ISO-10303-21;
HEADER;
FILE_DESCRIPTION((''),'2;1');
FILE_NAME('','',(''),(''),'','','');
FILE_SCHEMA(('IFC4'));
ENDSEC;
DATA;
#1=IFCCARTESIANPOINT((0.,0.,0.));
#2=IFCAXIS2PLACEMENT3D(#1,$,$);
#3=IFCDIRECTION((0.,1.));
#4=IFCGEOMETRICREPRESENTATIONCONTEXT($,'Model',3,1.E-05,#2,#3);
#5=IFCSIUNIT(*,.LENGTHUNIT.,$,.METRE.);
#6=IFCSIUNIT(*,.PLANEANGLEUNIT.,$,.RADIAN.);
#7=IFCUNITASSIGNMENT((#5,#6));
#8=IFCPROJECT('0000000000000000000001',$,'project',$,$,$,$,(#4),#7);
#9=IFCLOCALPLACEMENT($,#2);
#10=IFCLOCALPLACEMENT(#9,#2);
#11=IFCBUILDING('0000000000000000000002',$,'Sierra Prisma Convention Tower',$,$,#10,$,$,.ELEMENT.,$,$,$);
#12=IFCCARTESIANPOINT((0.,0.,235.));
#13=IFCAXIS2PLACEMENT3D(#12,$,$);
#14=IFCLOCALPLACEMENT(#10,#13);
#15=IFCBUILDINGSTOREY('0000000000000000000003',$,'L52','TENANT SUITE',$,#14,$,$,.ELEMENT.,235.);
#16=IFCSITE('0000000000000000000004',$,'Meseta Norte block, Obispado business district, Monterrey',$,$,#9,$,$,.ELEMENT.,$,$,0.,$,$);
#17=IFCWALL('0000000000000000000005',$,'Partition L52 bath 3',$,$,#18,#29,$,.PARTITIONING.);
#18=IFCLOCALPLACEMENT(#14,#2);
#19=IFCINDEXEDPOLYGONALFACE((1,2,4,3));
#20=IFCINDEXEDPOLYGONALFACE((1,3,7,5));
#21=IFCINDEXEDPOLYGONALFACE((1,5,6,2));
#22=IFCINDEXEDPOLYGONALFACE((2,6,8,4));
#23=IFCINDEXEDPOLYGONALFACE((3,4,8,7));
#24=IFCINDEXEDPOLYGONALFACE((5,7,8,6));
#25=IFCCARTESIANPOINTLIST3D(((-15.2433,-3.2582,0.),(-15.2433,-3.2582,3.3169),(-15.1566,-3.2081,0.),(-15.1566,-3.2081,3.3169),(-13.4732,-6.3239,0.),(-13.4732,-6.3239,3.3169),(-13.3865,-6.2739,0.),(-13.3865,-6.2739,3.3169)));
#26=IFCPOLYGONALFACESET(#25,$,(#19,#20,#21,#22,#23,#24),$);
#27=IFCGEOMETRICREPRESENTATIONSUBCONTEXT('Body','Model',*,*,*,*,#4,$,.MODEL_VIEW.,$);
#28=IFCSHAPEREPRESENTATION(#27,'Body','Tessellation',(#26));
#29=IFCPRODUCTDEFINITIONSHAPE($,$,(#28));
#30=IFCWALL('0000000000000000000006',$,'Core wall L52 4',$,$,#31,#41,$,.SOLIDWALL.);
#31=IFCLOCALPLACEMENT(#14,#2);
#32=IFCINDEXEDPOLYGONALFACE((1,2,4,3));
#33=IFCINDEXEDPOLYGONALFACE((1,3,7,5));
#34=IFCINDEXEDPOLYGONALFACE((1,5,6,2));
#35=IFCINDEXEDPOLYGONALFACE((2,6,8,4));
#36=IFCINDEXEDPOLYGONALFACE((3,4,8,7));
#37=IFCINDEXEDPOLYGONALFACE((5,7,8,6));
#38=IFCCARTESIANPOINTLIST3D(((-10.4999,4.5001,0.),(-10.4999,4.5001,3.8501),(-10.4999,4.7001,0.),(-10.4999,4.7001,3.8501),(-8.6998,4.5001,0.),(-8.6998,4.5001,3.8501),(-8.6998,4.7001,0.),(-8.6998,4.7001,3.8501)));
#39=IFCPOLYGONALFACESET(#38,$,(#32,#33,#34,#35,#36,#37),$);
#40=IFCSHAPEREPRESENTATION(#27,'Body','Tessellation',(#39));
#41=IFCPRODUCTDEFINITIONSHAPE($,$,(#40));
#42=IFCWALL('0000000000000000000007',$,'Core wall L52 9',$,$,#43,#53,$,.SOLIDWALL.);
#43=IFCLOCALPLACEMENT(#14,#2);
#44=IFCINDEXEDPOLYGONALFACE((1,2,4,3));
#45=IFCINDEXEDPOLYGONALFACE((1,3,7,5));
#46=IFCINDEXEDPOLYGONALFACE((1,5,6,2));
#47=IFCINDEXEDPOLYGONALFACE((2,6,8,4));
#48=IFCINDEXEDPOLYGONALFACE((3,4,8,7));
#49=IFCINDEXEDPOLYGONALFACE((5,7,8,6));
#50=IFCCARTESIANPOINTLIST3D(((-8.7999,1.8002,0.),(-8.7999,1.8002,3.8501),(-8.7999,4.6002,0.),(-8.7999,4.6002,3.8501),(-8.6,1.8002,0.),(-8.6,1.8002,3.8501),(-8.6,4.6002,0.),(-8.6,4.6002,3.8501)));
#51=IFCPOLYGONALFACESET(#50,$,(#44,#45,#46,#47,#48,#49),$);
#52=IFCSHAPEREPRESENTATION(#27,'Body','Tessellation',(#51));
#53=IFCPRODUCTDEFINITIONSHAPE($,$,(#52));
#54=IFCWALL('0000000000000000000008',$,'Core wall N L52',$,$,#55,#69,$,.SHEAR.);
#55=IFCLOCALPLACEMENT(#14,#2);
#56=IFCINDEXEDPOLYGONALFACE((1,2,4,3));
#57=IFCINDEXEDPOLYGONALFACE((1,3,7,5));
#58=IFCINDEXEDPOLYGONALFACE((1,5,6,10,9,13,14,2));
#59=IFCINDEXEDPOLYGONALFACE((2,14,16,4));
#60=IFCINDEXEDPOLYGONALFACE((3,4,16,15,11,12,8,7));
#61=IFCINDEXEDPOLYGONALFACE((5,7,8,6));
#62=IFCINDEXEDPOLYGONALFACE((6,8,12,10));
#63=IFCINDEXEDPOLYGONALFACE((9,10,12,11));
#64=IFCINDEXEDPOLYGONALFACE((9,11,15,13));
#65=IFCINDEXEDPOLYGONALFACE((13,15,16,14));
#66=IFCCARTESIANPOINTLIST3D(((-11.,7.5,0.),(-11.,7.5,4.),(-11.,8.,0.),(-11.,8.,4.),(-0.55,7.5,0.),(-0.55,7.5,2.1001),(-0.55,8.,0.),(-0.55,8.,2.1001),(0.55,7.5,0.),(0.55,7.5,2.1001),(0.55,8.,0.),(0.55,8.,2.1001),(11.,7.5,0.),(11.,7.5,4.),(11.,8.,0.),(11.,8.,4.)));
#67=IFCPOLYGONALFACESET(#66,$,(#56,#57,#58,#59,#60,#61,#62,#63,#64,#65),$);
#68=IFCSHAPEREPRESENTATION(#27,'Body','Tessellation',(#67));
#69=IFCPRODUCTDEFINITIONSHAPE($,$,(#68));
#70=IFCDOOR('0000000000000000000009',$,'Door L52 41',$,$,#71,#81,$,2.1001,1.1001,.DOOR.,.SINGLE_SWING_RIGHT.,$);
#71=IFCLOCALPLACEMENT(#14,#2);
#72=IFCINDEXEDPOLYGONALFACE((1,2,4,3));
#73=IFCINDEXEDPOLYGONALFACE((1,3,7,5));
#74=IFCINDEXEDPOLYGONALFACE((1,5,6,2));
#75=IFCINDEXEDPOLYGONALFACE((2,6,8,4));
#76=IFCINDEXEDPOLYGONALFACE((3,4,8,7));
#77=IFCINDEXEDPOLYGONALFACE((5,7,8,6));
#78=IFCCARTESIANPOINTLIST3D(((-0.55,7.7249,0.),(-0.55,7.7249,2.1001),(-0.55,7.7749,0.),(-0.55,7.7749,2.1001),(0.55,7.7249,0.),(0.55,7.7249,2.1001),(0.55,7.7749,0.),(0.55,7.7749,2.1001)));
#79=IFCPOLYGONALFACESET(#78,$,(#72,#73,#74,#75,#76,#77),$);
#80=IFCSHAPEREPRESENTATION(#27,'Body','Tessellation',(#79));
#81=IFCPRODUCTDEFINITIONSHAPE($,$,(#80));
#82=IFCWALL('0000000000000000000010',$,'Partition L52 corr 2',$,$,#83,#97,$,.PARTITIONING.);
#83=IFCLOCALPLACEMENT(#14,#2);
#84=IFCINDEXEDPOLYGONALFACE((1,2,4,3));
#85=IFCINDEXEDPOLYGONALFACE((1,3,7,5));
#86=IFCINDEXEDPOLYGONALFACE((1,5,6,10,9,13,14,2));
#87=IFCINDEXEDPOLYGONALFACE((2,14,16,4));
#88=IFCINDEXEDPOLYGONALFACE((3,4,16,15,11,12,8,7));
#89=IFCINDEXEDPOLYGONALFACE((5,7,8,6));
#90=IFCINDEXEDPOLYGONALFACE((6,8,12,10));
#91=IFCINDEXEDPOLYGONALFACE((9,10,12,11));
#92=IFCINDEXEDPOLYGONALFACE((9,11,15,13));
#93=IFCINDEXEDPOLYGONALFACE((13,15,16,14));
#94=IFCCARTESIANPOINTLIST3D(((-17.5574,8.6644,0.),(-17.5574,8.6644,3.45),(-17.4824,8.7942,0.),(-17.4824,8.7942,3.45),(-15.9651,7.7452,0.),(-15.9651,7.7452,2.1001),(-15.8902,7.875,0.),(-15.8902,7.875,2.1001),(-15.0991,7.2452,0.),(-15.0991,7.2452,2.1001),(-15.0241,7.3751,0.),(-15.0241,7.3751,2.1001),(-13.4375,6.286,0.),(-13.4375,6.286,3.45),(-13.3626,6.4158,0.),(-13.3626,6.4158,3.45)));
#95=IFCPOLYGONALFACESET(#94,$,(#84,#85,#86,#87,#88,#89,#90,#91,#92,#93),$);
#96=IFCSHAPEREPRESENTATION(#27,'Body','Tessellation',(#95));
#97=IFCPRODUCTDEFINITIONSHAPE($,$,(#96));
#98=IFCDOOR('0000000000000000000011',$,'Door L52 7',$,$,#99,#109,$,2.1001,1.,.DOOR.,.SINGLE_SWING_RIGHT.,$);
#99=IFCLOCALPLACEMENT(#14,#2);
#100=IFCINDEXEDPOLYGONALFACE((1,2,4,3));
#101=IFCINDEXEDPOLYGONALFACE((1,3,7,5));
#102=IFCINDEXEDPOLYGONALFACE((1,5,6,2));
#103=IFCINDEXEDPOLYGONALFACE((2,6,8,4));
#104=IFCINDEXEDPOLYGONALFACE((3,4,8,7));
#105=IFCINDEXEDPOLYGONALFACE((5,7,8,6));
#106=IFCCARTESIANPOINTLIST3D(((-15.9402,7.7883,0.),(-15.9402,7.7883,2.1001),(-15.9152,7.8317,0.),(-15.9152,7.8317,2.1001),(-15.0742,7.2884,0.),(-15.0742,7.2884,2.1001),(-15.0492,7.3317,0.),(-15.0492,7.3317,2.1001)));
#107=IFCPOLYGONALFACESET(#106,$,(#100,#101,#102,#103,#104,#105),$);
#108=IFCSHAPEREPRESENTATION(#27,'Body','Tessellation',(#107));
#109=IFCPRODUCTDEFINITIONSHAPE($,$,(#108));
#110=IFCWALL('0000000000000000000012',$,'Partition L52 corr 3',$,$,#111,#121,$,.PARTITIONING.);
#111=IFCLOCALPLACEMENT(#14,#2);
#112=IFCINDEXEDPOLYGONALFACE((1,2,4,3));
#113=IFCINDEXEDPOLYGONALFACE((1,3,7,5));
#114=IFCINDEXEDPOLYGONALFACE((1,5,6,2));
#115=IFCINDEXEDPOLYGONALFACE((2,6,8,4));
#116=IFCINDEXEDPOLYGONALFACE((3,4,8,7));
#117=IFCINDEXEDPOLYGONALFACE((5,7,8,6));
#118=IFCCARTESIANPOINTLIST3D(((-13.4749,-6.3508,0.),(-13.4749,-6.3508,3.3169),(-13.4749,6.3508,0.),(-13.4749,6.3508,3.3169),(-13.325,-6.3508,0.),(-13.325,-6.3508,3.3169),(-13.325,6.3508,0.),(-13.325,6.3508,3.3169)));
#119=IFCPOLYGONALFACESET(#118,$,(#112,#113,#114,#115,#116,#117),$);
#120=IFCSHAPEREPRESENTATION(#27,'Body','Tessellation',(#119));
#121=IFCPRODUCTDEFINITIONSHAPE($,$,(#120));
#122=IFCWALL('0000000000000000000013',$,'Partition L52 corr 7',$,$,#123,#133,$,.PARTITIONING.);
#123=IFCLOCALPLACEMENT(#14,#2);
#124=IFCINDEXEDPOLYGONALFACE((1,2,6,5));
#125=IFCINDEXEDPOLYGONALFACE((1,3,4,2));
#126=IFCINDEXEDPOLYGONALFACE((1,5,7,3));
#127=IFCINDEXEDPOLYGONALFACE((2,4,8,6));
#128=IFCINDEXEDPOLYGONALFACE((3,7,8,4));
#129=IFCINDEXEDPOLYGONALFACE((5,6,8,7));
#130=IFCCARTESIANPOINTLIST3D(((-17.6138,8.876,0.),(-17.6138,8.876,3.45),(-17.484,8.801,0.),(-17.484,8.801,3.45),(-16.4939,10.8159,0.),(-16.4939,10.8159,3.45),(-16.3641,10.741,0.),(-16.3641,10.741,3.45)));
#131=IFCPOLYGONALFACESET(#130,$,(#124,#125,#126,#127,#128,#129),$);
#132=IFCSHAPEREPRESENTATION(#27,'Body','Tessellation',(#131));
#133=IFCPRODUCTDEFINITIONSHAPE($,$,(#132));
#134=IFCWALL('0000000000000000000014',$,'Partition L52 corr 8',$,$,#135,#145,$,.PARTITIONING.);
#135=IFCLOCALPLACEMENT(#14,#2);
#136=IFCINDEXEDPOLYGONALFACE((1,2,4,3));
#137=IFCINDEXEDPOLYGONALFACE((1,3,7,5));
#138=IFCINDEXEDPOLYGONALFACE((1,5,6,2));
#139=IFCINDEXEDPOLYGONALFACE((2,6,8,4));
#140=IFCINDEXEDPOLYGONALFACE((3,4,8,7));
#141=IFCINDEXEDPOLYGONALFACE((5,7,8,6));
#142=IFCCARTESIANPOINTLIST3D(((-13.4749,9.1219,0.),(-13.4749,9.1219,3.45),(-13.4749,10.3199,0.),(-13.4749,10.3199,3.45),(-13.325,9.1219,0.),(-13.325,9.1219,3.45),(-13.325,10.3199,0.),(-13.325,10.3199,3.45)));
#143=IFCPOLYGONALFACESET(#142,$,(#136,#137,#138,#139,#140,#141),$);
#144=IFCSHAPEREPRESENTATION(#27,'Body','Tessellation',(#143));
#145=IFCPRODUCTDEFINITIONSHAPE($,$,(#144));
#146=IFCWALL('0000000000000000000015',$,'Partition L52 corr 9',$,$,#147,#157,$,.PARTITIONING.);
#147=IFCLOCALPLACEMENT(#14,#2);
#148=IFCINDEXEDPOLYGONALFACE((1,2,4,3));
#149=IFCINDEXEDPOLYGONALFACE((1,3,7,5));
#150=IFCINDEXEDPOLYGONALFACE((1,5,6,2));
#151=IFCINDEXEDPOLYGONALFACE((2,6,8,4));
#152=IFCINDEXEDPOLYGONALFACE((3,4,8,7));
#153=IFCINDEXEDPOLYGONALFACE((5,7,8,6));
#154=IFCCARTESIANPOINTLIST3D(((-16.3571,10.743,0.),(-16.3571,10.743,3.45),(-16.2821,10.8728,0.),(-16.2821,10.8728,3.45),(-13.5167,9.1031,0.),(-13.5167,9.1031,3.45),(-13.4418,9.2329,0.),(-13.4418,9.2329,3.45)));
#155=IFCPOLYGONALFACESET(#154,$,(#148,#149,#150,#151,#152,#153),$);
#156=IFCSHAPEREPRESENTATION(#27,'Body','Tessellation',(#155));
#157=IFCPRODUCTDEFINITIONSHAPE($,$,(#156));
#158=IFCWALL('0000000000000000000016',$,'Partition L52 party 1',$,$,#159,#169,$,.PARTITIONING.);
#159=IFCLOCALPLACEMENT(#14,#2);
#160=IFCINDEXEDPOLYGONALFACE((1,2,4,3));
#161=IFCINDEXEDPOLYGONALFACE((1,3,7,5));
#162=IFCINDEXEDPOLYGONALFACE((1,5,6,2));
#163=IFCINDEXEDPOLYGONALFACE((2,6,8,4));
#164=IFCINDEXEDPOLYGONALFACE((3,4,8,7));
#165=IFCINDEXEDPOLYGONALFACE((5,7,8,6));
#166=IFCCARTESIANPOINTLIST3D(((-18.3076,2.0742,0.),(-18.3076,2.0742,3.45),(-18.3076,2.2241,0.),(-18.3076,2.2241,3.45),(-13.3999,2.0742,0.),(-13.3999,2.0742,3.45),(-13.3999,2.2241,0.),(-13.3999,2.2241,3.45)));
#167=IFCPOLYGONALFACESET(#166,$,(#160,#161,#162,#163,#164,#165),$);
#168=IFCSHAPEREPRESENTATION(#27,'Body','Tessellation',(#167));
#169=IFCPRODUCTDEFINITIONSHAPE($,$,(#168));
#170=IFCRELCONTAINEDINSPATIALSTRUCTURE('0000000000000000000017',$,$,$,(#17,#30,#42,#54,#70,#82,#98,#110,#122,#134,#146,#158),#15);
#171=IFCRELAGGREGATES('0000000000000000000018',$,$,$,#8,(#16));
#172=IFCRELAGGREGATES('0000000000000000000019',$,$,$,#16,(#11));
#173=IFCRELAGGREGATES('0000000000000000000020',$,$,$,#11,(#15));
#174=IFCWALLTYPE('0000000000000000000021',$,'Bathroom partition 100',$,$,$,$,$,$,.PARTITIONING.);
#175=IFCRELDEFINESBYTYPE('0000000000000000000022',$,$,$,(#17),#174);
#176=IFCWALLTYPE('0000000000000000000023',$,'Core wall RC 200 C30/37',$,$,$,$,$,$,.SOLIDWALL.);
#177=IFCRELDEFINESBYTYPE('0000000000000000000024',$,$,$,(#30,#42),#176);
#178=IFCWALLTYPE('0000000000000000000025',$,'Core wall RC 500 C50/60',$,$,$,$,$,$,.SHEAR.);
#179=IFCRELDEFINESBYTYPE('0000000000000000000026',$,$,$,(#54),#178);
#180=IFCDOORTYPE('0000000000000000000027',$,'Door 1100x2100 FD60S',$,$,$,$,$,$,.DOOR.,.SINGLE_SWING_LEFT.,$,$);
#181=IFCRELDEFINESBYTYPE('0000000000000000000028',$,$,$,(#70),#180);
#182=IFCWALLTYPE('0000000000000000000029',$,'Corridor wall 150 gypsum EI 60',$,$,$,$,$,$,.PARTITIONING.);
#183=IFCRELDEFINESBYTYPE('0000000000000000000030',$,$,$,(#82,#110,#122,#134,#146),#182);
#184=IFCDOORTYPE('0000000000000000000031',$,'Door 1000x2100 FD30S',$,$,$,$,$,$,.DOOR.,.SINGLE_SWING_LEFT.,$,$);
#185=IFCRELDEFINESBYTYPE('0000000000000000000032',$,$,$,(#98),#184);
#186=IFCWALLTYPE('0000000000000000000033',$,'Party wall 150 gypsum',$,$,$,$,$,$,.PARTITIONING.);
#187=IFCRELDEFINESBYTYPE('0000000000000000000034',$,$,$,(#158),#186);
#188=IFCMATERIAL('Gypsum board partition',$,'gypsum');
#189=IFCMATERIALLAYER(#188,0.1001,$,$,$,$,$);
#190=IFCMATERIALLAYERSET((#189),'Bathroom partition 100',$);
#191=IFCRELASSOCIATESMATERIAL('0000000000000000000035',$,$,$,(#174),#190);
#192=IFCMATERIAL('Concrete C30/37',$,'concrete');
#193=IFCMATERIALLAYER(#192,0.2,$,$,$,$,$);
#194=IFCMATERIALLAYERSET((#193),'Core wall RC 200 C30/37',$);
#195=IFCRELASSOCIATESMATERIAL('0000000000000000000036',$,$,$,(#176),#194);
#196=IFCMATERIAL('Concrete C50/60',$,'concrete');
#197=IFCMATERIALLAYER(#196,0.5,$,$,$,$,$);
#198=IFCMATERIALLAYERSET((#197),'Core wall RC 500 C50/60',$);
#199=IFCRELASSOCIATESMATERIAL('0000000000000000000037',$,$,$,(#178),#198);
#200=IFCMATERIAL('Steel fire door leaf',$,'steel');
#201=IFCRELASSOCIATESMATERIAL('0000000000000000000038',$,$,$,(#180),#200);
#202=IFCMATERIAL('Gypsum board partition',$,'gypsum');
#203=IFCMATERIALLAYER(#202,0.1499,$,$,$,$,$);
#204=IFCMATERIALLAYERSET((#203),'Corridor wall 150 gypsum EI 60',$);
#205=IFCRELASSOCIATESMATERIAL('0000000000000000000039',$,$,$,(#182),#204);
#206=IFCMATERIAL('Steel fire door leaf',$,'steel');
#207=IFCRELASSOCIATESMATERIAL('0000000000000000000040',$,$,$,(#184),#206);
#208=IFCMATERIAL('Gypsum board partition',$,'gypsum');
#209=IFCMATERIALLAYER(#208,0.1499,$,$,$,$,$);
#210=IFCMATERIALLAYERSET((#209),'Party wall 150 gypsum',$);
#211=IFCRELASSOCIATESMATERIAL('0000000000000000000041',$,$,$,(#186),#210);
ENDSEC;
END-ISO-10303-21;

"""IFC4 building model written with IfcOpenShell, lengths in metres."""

from ifc_helpers import new_model, si_unit, direction, frame, frame_2d, origin, place, context, subcontext, project, spatial, rectangle, extrude, material, layer, layer_set, type_object, element, fill, save


model = new_model("IFC4")

# Units and contexts
model_context = context("Model", 3, precision=1e-05, world=origin(), true_north=direction((0.0, 1.0)))
body_context = subcontext(model_context, "Body", "Model", "MODEL_VIEW")
ifc_project = project(units=[si_unit("LENGTHUNIT", "METRE"), si_unit("PLANEANGLEUNIT", "RADIAN")], contexts=[model_context])

# Site, building, storey
site_placement = place(None, origin())
site = spatial("IfcSite", under=ifc_project, at=site_placement, Name="Meseta Norte block, Obispado business district, Monterrey", CompositionType="ELEMENT", RefElevation=0.0)
building_placement = place(site_placement, origin())
building = spatial("IfcBuilding", under=site, at=building_placement, Name="Sierra Prisma Convention Tower", CompositionType="ELEMENT")
storey_placement = place(building_placement, frame((0.0, 0.0, 235.0)))
storey = spatial("IfcBuildingStorey", under=building, at=storey_placement, Name="L52", Description="TENANT SUITE", CompositionType="ELEMENT", Elevation=235.0)

# Wall
ifc_material_1 = material(Name="Gypsum board partition", Category="gypsum")
ifc_layer_1 = layer(ifc_material_1, 0.1001)
ifc_layer_set_1 = layer_set([ifc_layer_1], Name="Bathroom partition 100")
wall_type_1 = type_object("IfcWallType", Name="Bathroom partition 100", PredefinedType="PARTITIONING", material=ifc_layer_set_1)
wall_1_placement = place(storey_placement, frame((-15.2, -3.2332, 0.0), z_axis=(0.0, 0.0, 1.0), x_axis=(0.500011, -0.866019, 0.0)))
element("IfcWall", 1, at=wall_1_placement, inside=storey, type_object=wall_type_1, Name="Partition L52 bath 3", PredefinedType="PARTITIONING", context=body_context, shape_type="SweptSolid", body=[
    extrude(rectangle(XDim=3.54, YDim=0.1001, at=frame_2d((1.77, 0.0))), origin(), (0.0, 0.0, 1.0), 3.3169),
])

# Shared definitions
ifc_material_2 = material(Name="Concrete C30/37", Category="concrete")
ifc_layer_2 = layer(ifc_material_2, 0.2)
ifc_layer_set_2 = layer_set([ifc_layer_2], Name="Core wall RC 200 C30/37")
wall_type_2 = type_object("IfcWallType", Name="Core wall RC 200 C30/37", PredefinedType="SOLIDWALL", material=ifc_layer_set_2)

# Wall
wall_2_placement = place(storey_placement, frame((-8.7, 4.6001, 0.0), z_axis=(0.0, 0.0, 1.0), x_axis=(-1.0, 0.0, 0.0)))
element("IfcWall", 2, at=wall_2_placement, inside=storey, type_object=wall_type_2, Name="Core wall L52 4", PredefinedType="SOLIDWALL", context=body_context, shape_type="SweptSolid", body=[
    extrude(rectangle(XDim=1.8, YDim=0.2, at=frame_2d((0.8999, 0.0))), origin(), (0.0, 0.0, 1.0), 3.8501),
])

# Wall
wall_3_placement = place(storey_placement, frame((-8.7, 4.6001, 0.0), z_axis=(0.0, 0.0, 1.0), x_axis=(0.0, -1.0, 0.0)))
element("IfcWall", 3, at=wall_3_placement, inside=storey, type_object=wall_type_2, Name="Core wall L52 9", PredefinedType="SOLIDWALL", context=body_context, shape_type="SweptSolid", body=[
    extrude(rectangle(XDim=2.8, YDim=0.2, at=frame_2d((1.3999, 0.0))), origin(), (0.0, 0.0, 1.0), 3.8501),
])

# Walls, openings, doors
ifc_material_3 = material(Name="Concrete C50/60", Category="concrete")
ifc_layer_3 = layer(ifc_material_3, 0.5)
ifc_layer_set_3 = layer_set([ifc_layer_3], Name="Core wall RC 500 C50/60")
wall_type_3 = type_object("IfcWallType", Name="Core wall RC 500 C50/60", PredefinedType="SHEAR", material=ifc_layer_set_3)
wall_4_placement = place(storey_placement, frame((-11.0, 7.75, 0.0), z_axis=(0.0, 0.0, 1.0), x_axis=(1.0, 0.0, 0.0)))
wall_4 = element("IfcWall", 4, at=wall_4_placement, inside=storey, type_object=wall_type_3, Name="Core wall N L52", PredefinedType="SHEAR", context=body_context, shape_type="SweptSolid", body=[
    extrude(rectangle(XDim=22.0, YDim=0.5, at=frame_2d((11.0, 0.0))), origin(), (0.0, 0.0, 1.0), 4.0),
])
opening_1_placement = place(wall_4_placement, frame((10.45, 0.0, 0.0)))
opening_1 = element("IfcOpeningElement", 5, at=opening_1_placement, cuts=wall_4, PredefinedType="OPENING", context=body_context, shape_type="SweptSolid", body=[
    extrude(rectangle(XDim=1.1001, YDim=2.1001, at=frame_2d((0.55, 1.05))), frame((0.0, 0.25, 0.0), z_axis=(0.0, -1.0, 0.0), x_axis=(1.0, 0.0, 0.0)), (0.0, 0.0, 1.0), 0.5),
])
ifc_material_4 = material(Name="Steel fire door leaf", Category="steel")
door_type_1 = type_object("IfcDoorType", Name="Door 1100x2100 FD60S", OperationType="SINGLE_SWING_LEFT", PredefinedType="DOOR", material=ifc_material_4)
door_1_placement = place(opening_1_placement, origin())
door_1 = element("IfcDoor", 6, at=door_1_placement, inside=storey, type_object=door_type_1, Name="Door L52 41", OperationType="SINGLE_SWING_RIGHT", OverallHeight=2.1001, OverallWidth=1.1001, PredefinedType="DOOR", context=body_context, shape_type="SweptSolid", body=[
    extrude(rectangle(XDim=1.1001, YDim=2.1001, at=frame_2d((0.55, 1.05))), frame((0.0, 0.0249, 0.0), z_axis=(0.0, -1.0, 0.0), x_axis=(1.0, 0.0, 0.0)), (0.0, 0.0, 1.0), 0.05),
])
fill(opening_1, door_1)
ifc_material_5 = material(Name="Gypsum board partition", Category="gypsum")
ifc_layer_4 = layer(ifc_material_5, 0.1499)
ifc_layer_set_4 = layer_set([ifc_layer_4], Name="Corridor wall 150 gypsum EI 60")
wall_type_4 = type_object("IfcWallType", Name="Corridor wall 150 gypsum EI 60", PredefinedType="PARTITIONING", material=ifc_layer_set_4)
wall_5_placement = place(storey_placement, frame((-17.5198, 8.7292, 0.0), z_axis=(0.0, 0.0, 1.0), x_axis=(0.866043, -0.49997, 0.0)))
wall_5 = element("IfcWall", 7, at=wall_5_placement, inside=storey, type_object=wall_type_4, Name="Partition L52 corr 2", PredefinedType="PARTITIONING", context=body_context, shape_type="SweptSolid", body=[
    extrude(rectangle(XDim=4.7571, YDim=0.1499, at=frame_2d((2.3784, 0.0))), origin(), (0.0, 0.0, 1.0), 3.45),
])
opening_2_placement = place(wall_5_placement, frame((1.8384, 0.0, 0.0)))
opening_2 = element("IfcOpeningElement", 8, at=opening_2_placement, cuts=wall_5, PredefinedType="OPENING", context=body_context, shape_type="SweptSolid", body=[
    extrude(rectangle(XDim=1.0, YDim=2.1001, at=frame_2d((0.5, 1.05))), frame((0.0, 0.075, 0.0), z_axis=(0.0, -1.0, 0.0), x_axis=(1.0, 0.0, 0.0)), (0.0, 0.0, 1.0), 0.1499),
])
ifc_material_6 = material(Name="Steel fire door leaf", Category="steel")
door_type_2 = type_object("IfcDoorType", Name="Door 1000x2100 FD30S", OperationType="SINGLE_SWING_LEFT", PredefinedType="DOOR", material=ifc_material_6)
door_2_placement = place(opening_2_placement, origin())
door_2 = element("IfcDoor", 9, at=door_2_placement, inside=storey, type_object=door_type_2, Name="Door L52 7", OperationType="SINGLE_SWING_RIGHT", OverallHeight=2.1001, OverallWidth=1.0, PredefinedType="DOOR", context=body_context, shape_type="SweptSolid", body=[
    extrude(rectangle(XDim=1.0, YDim=2.1001, at=frame_2d((0.5, 1.05))), frame((0.0, 0.0249, 0.0), z_axis=(0.0, -1.0, 0.0), x_axis=(1.0, 0.0, 0.0)), (0.0, 0.0, 1.0), 0.05),
])
fill(opening_2, door_2)

# Walls
wall_6_placement = place(storey_placement, frame((-13.3999, 6.3508, 0.0), z_axis=(0.0, 0.0, 1.0), x_axis=(0.0, -1.0, 0.0)))
element("IfcWall", 10, at=wall_6_placement, inside=storey, type_object=wall_type_4, Name="Partition L52 corr 3", PredefinedType="PARTITIONING", context=body_context, shape_type="SweptSolid", body=[
    extrude(rectangle(XDim=12.7017, YDim=0.1499, at=frame_2d((6.3508, 0.0))), origin(), (0.0, 0.0, 1.0), 3.3169),
])
wall_7_placement = place(storey_placement, frame((-16.429, 10.7786, 0.0), z_axis=(0.0, 0.0, 1.0), x_axis=(-0.499949, -0.866055, 0.0)))
element("IfcWall", 11, at=wall_7_placement, inside=storey, type_object=wall_type_4, Name="Partition L52 corr 7", PredefinedType="PARTITIONING", context=body_context, shape_type="SweptSolid", body=[
    extrude(rectangle(XDim=2.24, YDim=0.1499, at=frame_2d((1.1201, 0.0))), origin(), (0.0, 0.0, 1.0), 3.45),
])
wall_8_placement = place(storey_placement, frame((-13.3999, 10.3201, 0.0), z_axis=(0.0, 0.0, 1.0), x_axis=(0.0, -1.0, 0.0)))
element("IfcWall", 12, at=wall_8_placement, inside=storey, type_object=wall_type_4, Name="Partition L52 corr 8", PredefinedType="PARTITIONING", context=body_context, shape_type="SweptSolid", body=[
    extrude(rectangle(XDim=1.198, YDim=0.1499, at=frame_2d((0.5991, 0.0))), origin(), (0.0, 0.0, 1.0), 3.45),
])
wall_9_placement = place(storey_placement, frame((-13.4792, 9.168, 0.0), z_axis=(0.0, 0.0, 1.0), x_axis=(-0.866022, 0.500006, 0.0)))
element("IfcWall", 13, at=wall_9_placement, inside=storey, type_object=wall_type_4, Name="Partition L52 corr 9", PredefinedType="PARTITIONING", context=body_context, shape_type="SweptSolid", body=[
    extrude(rectangle(XDim=3.2798, YDim=0.1499, at=frame_2d((1.6399, 0.0))), origin(), (0.0, 0.0, 1.0), 3.45),
])
ifc_material_7 = material(Name="Gypsum board partition", Category="gypsum")
ifc_layer_5 = layer(ifc_material_7, 0.1499)
ifc_layer_set_5 = layer_set([ifc_layer_5], Name="Party wall 150 gypsum")
wall_type_5 = type_object("IfcWallType", Name="Party wall 150 gypsum", PredefinedType="PARTITIONING", material=ifc_layer_set_5)
wall_10_placement = place(storey_placement, frame((-13.3999, 2.1492, 0.0), z_axis=(0.0, 0.0, 1.0), x_axis=(-1.0, 0.0, 0.0)))
element("IfcWall", 14, at=wall_10_placement, inside=storey, type_object=wall_type_5, Name="Partition L52 party 1", PredefinedType="PARTITIONING", context=body_context, shape_type="SweptSolid", body=[
    extrude(rectangle(XDim=4.9077, YDim=0.1499, at=frame_2d((2.4539, 0.0))), origin(), (0.0, 0.0, 1.0), 3.45),
])

save(model, "model.ifc")
